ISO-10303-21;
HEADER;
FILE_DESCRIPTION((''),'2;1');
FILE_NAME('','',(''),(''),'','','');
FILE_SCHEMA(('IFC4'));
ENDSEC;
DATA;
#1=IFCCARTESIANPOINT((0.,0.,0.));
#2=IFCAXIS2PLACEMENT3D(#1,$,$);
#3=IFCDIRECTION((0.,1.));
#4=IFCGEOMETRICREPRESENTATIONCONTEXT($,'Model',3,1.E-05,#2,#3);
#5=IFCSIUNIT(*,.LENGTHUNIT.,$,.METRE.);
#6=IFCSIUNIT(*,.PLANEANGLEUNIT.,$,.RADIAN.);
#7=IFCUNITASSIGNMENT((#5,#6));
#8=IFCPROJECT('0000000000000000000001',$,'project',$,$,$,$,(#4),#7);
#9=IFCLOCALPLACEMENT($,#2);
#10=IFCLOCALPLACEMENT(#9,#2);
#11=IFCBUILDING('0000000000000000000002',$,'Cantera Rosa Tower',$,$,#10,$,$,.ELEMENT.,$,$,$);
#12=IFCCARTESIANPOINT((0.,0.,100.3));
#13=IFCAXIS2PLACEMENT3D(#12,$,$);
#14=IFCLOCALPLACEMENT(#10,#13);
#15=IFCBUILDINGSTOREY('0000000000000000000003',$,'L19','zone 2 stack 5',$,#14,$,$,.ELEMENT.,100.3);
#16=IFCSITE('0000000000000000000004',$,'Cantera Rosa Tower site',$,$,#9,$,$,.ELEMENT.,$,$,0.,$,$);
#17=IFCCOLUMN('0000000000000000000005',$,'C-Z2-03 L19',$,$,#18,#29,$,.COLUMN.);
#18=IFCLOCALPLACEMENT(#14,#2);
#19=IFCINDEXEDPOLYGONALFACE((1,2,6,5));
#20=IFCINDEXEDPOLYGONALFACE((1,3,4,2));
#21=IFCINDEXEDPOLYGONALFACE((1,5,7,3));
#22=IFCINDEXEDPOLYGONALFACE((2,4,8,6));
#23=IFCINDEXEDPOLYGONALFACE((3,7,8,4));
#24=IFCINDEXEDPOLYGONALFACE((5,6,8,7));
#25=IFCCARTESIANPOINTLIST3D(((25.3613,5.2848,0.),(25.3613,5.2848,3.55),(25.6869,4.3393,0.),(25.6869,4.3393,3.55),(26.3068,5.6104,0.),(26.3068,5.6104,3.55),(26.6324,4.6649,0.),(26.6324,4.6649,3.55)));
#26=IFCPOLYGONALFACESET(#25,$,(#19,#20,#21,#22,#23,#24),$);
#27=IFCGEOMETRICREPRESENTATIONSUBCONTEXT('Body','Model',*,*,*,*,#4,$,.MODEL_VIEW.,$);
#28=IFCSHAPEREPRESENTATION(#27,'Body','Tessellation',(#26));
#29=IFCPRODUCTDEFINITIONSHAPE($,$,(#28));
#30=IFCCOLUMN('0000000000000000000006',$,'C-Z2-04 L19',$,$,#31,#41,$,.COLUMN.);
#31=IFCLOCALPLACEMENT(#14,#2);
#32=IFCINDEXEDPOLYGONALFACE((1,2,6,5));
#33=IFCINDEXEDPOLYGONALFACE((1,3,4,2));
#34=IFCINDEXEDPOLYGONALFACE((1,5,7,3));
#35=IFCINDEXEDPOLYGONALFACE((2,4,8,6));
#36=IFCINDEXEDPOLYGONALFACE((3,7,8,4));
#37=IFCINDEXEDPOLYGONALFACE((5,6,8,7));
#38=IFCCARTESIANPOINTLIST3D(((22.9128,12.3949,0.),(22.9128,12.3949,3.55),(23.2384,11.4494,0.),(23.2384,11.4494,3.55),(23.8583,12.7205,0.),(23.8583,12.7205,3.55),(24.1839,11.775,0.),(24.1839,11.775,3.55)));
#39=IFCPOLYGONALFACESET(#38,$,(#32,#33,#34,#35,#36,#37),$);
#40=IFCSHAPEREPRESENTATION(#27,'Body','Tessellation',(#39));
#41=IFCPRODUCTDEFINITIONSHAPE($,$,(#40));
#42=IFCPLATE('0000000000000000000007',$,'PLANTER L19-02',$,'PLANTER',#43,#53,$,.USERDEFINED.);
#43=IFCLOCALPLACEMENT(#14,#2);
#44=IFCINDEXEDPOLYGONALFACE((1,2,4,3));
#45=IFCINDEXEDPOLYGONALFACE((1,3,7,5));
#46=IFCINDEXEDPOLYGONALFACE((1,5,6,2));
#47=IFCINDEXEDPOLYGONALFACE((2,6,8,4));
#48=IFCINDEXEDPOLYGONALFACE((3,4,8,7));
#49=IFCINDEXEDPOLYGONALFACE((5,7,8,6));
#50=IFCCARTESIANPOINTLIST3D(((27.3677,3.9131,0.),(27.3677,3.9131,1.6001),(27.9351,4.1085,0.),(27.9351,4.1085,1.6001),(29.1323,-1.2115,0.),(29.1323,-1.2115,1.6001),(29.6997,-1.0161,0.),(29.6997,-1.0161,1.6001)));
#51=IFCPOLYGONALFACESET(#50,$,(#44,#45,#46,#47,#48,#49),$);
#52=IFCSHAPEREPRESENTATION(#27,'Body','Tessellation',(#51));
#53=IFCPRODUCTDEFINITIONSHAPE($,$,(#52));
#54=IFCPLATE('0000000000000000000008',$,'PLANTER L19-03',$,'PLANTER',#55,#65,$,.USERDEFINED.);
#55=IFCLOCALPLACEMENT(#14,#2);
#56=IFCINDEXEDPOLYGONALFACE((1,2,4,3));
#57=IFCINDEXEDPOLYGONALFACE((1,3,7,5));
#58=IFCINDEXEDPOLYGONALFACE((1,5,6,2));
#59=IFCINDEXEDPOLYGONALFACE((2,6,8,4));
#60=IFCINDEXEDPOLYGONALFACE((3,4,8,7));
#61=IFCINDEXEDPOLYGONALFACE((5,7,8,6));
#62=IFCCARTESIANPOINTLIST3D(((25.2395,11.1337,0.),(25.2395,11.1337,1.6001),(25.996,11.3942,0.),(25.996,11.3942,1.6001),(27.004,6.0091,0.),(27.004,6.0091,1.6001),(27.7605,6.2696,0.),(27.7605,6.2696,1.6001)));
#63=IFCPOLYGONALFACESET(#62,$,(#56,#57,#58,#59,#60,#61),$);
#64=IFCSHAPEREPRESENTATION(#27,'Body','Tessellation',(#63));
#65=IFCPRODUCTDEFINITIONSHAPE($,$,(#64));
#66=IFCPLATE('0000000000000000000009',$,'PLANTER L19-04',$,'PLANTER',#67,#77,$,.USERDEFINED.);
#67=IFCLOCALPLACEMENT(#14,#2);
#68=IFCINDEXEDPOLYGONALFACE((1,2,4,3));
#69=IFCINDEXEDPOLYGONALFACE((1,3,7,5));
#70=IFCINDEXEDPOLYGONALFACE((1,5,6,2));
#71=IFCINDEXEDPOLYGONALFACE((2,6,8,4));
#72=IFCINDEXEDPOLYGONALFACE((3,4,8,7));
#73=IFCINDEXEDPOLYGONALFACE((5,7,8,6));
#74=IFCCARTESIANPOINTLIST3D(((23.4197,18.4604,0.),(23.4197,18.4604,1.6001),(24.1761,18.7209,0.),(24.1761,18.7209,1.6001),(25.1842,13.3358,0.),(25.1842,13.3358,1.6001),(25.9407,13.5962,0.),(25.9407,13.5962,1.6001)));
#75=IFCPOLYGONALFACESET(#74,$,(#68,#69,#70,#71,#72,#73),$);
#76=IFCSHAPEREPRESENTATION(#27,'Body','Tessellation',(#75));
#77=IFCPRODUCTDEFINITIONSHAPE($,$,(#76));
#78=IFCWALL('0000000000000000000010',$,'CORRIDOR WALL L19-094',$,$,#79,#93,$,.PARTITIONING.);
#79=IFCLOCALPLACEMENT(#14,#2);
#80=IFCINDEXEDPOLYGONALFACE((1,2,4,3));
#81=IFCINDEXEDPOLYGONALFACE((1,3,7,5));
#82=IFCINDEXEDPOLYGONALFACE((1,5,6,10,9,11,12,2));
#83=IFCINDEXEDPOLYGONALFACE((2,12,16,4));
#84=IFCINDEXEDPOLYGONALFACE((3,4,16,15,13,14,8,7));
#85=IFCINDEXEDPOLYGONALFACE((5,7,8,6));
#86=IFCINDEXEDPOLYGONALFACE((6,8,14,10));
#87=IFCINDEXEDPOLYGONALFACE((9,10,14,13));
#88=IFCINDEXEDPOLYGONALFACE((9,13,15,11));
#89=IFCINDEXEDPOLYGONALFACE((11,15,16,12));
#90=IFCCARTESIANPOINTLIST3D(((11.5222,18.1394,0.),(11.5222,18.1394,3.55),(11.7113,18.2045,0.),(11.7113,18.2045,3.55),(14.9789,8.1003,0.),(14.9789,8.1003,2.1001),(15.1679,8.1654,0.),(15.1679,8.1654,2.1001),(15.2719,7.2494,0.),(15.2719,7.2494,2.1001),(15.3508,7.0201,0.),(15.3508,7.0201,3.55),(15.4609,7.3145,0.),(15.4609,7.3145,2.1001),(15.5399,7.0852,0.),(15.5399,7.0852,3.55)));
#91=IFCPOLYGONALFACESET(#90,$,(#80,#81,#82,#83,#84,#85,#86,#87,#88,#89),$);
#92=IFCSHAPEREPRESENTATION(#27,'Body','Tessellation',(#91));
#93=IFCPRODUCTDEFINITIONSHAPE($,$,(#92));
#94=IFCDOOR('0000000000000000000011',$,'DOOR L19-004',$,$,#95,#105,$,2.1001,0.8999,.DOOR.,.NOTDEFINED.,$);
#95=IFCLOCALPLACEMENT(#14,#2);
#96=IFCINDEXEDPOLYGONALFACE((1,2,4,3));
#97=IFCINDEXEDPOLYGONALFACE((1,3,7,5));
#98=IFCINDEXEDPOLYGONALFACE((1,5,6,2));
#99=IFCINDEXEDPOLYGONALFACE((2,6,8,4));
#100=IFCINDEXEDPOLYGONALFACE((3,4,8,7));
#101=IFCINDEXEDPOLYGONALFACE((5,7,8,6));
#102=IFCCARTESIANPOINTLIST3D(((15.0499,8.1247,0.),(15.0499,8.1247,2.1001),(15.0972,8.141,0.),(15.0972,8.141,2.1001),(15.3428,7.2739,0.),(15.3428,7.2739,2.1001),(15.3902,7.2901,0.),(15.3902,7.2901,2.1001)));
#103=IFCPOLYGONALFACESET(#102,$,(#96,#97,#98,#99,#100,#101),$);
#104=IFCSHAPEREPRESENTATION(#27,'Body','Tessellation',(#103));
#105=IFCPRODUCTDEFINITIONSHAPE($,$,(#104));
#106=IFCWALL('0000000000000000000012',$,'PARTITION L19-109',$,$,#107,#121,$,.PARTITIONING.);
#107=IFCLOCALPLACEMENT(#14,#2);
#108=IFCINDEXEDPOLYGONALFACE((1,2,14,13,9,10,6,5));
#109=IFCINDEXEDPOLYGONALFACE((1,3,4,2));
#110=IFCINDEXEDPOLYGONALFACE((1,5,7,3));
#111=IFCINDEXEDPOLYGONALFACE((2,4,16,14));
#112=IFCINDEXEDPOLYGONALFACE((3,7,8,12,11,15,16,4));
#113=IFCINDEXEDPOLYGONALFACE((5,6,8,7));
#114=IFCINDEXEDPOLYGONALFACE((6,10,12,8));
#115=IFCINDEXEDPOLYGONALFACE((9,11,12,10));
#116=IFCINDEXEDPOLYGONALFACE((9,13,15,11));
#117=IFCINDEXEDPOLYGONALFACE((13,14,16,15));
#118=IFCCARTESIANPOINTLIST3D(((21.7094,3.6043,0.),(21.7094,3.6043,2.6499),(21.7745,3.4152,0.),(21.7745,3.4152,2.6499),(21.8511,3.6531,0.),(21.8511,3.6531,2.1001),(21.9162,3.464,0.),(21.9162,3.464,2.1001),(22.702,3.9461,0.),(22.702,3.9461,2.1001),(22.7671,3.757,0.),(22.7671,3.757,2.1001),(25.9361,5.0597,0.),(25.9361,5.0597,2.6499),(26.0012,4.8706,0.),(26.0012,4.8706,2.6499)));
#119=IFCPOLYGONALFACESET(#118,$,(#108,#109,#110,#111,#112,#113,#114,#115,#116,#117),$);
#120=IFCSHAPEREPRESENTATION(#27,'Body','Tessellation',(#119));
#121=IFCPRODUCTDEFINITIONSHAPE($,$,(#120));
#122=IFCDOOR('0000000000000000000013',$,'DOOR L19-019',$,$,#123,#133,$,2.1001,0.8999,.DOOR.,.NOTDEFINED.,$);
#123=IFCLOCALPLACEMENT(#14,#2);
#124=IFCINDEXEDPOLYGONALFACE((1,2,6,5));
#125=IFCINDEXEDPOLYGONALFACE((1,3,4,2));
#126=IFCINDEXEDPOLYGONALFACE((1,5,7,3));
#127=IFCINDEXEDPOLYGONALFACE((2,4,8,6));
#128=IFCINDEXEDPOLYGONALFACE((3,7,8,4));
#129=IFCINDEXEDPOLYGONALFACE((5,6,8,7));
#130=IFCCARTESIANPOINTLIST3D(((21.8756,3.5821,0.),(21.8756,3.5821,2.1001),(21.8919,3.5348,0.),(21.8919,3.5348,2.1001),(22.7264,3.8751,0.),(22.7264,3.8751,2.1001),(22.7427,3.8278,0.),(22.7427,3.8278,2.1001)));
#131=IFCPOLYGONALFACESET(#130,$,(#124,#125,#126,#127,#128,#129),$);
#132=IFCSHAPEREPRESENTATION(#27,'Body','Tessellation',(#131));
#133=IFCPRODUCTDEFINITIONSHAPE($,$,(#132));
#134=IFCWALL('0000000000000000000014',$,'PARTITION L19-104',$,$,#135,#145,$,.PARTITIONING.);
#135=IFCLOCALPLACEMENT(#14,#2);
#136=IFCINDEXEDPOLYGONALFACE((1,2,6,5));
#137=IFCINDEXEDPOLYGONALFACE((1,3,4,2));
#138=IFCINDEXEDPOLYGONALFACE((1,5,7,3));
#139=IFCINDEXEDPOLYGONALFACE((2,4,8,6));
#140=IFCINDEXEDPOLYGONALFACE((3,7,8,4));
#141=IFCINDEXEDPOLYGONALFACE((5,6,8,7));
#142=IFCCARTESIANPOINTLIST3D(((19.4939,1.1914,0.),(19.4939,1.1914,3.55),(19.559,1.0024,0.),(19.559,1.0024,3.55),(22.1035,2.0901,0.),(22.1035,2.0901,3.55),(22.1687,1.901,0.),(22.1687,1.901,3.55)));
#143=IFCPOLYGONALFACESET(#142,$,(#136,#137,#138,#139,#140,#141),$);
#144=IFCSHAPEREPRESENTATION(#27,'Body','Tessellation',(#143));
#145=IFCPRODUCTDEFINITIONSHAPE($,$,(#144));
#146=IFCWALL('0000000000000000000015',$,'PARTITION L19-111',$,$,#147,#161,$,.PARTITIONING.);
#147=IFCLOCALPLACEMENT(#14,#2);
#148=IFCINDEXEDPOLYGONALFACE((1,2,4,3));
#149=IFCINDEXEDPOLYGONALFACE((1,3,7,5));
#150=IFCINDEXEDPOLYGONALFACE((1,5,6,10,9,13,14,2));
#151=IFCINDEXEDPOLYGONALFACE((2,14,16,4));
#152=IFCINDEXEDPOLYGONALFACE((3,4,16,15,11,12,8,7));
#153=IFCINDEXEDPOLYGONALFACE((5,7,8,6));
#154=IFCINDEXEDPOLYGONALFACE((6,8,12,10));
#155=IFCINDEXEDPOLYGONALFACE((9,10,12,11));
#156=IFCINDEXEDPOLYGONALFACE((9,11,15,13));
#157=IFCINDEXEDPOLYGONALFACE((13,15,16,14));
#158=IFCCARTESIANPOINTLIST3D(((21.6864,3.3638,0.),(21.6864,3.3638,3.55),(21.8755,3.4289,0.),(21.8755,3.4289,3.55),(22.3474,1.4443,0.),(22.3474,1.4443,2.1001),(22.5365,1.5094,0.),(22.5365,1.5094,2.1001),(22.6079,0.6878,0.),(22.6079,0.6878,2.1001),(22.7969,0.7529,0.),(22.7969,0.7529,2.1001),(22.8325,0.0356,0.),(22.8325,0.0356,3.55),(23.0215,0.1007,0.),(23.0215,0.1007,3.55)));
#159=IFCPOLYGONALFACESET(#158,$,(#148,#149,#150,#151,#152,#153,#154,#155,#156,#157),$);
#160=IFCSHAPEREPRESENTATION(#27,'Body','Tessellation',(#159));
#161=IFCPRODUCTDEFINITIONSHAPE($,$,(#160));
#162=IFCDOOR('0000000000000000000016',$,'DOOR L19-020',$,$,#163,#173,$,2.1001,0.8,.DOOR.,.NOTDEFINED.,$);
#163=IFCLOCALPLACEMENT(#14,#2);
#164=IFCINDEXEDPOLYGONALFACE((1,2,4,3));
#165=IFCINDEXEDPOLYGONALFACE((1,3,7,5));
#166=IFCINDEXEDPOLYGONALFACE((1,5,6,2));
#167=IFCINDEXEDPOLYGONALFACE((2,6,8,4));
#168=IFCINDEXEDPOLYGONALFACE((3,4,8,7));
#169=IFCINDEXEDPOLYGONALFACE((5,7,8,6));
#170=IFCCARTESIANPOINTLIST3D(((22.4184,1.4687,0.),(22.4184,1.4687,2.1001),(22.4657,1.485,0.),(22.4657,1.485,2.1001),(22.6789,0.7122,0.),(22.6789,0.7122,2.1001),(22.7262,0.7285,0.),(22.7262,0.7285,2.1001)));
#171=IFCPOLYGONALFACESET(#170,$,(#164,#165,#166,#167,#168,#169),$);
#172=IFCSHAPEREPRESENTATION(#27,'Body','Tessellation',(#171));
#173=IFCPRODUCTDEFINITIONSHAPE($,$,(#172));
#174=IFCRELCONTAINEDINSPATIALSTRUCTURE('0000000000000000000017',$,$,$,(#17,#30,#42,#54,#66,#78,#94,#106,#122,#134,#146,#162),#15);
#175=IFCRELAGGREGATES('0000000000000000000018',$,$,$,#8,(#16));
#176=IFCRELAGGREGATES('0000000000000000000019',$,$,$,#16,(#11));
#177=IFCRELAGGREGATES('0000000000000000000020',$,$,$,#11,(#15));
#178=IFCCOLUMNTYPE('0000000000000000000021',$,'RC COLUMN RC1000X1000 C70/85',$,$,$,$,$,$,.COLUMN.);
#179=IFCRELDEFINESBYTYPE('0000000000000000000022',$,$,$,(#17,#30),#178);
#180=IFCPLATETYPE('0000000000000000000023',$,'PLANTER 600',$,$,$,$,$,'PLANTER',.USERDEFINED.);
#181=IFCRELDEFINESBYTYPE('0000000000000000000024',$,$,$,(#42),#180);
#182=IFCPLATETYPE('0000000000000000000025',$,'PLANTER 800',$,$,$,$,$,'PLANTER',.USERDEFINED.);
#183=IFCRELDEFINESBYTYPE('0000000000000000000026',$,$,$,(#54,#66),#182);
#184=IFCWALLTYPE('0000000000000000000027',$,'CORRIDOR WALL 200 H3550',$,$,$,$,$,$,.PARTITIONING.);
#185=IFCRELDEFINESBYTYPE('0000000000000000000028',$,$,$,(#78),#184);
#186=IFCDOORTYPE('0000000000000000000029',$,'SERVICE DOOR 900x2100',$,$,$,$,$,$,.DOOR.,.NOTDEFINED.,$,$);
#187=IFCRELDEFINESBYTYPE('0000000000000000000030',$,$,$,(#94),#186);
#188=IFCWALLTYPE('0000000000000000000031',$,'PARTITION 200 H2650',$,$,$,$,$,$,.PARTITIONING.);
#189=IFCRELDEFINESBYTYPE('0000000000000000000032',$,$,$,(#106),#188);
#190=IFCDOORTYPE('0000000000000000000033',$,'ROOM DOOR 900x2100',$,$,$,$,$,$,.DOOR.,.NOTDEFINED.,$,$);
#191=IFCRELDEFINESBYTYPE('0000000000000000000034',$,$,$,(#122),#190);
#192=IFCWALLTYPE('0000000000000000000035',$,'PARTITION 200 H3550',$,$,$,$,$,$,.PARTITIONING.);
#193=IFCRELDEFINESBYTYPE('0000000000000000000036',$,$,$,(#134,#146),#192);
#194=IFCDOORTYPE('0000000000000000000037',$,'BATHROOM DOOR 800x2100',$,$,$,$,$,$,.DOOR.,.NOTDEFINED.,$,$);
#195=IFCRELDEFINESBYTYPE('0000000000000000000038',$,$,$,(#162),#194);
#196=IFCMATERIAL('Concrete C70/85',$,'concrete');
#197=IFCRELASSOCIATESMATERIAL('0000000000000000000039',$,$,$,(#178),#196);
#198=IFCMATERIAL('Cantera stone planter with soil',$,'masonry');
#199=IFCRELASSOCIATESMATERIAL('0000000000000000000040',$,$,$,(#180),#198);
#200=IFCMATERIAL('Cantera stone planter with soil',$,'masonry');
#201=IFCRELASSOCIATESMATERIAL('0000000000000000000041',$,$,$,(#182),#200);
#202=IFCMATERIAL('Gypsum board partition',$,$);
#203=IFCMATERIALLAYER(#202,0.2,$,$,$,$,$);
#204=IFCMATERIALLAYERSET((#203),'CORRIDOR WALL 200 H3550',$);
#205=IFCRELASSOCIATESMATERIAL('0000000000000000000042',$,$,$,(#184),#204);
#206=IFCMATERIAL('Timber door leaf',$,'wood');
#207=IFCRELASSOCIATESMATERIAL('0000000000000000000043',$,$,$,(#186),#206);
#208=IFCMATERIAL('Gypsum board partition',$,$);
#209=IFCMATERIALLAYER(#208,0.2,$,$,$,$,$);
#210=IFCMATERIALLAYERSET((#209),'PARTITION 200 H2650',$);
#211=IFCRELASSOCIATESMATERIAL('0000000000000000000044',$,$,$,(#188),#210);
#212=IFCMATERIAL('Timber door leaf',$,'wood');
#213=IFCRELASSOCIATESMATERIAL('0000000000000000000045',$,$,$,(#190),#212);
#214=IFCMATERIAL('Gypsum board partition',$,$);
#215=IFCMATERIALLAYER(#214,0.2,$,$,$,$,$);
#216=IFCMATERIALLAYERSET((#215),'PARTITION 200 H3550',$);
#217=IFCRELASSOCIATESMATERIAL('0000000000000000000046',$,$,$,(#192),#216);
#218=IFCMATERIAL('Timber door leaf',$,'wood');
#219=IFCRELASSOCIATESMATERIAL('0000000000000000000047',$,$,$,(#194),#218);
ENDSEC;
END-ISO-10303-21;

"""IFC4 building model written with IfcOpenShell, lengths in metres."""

from ifc_helpers import new_model, si_unit, direction, frame, frame_2d, origin, origin_2d, place, context, subcontext, project, spatial, rectangle, extrude, material, layer, layer_set, material_profile, profile_set, type_object, element, fill, save


model = new_model("IFC4")

# Units and contexts
model_context = context("Model", 3, precision=1e-05, world=origin(), true_north=direction((0.0, 1.0)))
body_context = subcontext(model_context, "Body", "Model", "MODEL_VIEW")
ifc_project = project(units=[si_unit("LENGTHUNIT", "METRE"), si_unit("PLANEANGLEUNIT", "RADIAN")], contexts=[model_context])

# Site, building, storey
site_placement = place(None, origin())
site = spatial("IfcSite", under=ifc_project, at=site_placement, Name="Cantera Rosa Tower site", CompositionType="ELEMENT", RefElevation=0.0)
building_placement = place(site_placement, origin())
building = spatial("IfcBuilding", under=site, at=building_placement, Name="Cantera Rosa Tower", CompositionType="ELEMENT")
storey_placement = place(building_placement, frame((0.0, 0.0, 100.3)))
storey = spatial("IfcBuildingStorey", under=building, at=storey_placement, Name="L19", Description="zone 2 stack 5", CompositionType="ELEMENT", Elevation=100.3)

# Columns
ifc_material_1 = material(Name="Concrete C70/85", Category="concrete")
ifc_material_profile = material_profile(ifc_material_1, rectangle(XDim=1.0, YDim=1.0, at=origin_2d()), Name="RC COLUMN RC1000X1000 C70/85")
ifc_profile_set = profile_set([ifc_material_profile], Name="Concrete C70/85")
column_type = type_object("IfcColumnType", Name="RC COLUMN RC1000X1000 C70/85", PredefinedType="COLUMN", material=ifc_profile_set)
for number, where, z_axis, x_axis, name in (
    (1, (25.9968, 4.9749, 0.0), (0.0, 0.0, 1.0), (0.945519, 0.325568, 0.0), "C-Z2-03 L19"),
    (2, (23.5483, 12.085, 0.0), (0.0, 0.0, 1.0), (0.945519, 0.325568, 0.0), "C-Z2-04 L19"),
):
    element("IfcColumn", number, at=place(storey_placement, frame(where, z_axis=z_axis, x_axis=x_axis)), inside=storey, type_object=column_type, Name=name, PredefinedType="COLUMN", context=body_context, shape_type="SweptSolid", body=[
        extrude(rectangle(XDim=1.0, YDim=1.0, at=origin_2d()), origin(), (0.0, 0.0, 1.0), 3.55),
    ])

# Plates
ifc_material_2 = material(Name="Cantera stone planter with soil", Category="masonry")
plate_type_1 = type_object("IfcPlateType", Name="PLANTER 600", ElementType="PLANTER", PredefinedType="USERDEFINED", material=ifc_material_2)
plate_placement = place(storey_placement, frame((28.5337, 1.4485, 0.0), z_axis=(0.0, 0.0, 1.0), x_axis=(-0.325568, 0.945519, 0.0)))
element("IfcPlate", 3, at=plate_placement, inside=storey, type_object=plate_type_1, Name="PLANTER L19-02", ObjectType="PLANTER", PredefinedType="USERDEFINED", context=body_context, shape_type="SweptSolid", body=[
    extrude(rectangle(XDim=5.4199, YDim=0.6001, at=origin_2d()), origin(), (0.0, 0.0, 1.0), 1.6001),
])
ifc_material_3 = material(Name="Cantera stone planter with soil", Category="masonry")
plate_type_2 = type_object("IfcPlateType", Name="PLANTER 800", ElementType="PLANTER", PredefinedType="USERDEFINED", material=ifc_material_3)
for number, where, z_axis, x_axis, name in (
    (4, (26.5, 8.7017, 0.0), (0.0, 0.0, 1.0), (-0.325568, 0.945519, 0.0), "PLANTER L19-03"),
    (5, (24.6802, 16.0283, 0.0), (0.0, 0.0, 1.0), (-0.325568, 0.945519, 0.0), "PLANTER L19-04"),
):
    element("IfcPlate", number, at=place(storey_placement, frame(where, z_axis=z_axis, x_axis=x_axis)), inside=storey, type_object=plate_type_2, Name=name, ObjectType="PLANTER", PredefinedType="USERDEFINED", context=body_context, shape_type="SweptSolid", body=[
        extrude(rectangle(XDim=5.4199, YDim=0.8, at=origin_2d()), origin(), (0.0, 0.0, 1.0), 1.6001),
    ])

# Wall, opening, door
ifc_material_4 = material(Name="Gypsum board partition")
ifc_layer_1 = layer(ifc_material_4, 0.2)
ifc_layer_set_1 = layer_set([ifc_layer_1], Name="CORRIDOR WALL 200 H3550")
wall_type_1 = type_object("IfcWallType", Name="CORRIDOR WALL 200 H3550", PredefinedType="PARTITIONING", material=ifc_layer_set_1)
wall_1_placement = place(storey_placement, frame((15.4453, 7.0527, 0.0), z_axis=(0.0, 0.0, 1.0), x_axis=(-0.325561, 0.945521, 0.0)))
wall_1 = element("IfcWall", 6, at=wall_1_placement, inside=storey, type_object=wall_type_1, Name="CORRIDOR WALL L19-094", PredefinedType="PARTITIONING", context=body_context, shape_type="SweptSolid", body=[
    extrude(rectangle(XDim=11.76, YDim=0.2, at=frame_2d((5.8799, 0.0))), origin(), (0.0, 0.0, 1.0), 3.55),
])
opening_1_placement = place(wall_1_placement, frame((0.2424, 0.0, 0.0)))
opening_1 = element("IfcOpeningElement", 7, at=opening_1_placement, cuts=wall_1, PredefinedType="OPENING", context=body_context, shape_type="SweptSolid", body=[
    extrude(rectangle(XDim=0.8999, YDim=2.1001, at=frame_2d((0.45, 1.05))), frame((0.0, 0.1099, 0.0), z_axis=(0.0, -1.0, 0.0), x_axis=(1.0, 0.0, 0.0)), (0.0, 0.0, 1.0), 0.22),
])
ifc_material_5 = material(Name="Timber door leaf", Category="wood")
door_type_1 = type_object("IfcDoorType", Name="SERVICE DOOR 900x2100", OperationType="NOTDEFINED", PredefinedType="DOOR", material=ifc_material_5)
door_1_placement = place(opening_1_placement, origin())
door_1 = element("IfcDoor", 8, at=door_1_placement, inside=storey, type_object=door_type_1, Name="DOOR L19-004", OperationType="NOTDEFINED", OverallHeight=2.1001, OverallWidth=0.8999, PredefinedType="DOOR", context=body_context, shape_type="SweptSolid", body=[
    extrude(rectangle(XDim=0.8999, YDim=2.1001, at=frame_2d((0.45, 1.05))), frame((0.0, 0.0249, 0.0), z_axis=(0.0, -1.0, 0.0), x_axis=(1.0, 0.0, 0.0)), (0.0, 0.0, 1.0), 0.05),
])
fill(opening_1, door_1)

# Wall, opening, door
ifc_material_6 = material(Name="Gypsum board partition")
ifc_layer_2 = layer(ifc_material_6, 0.2)
ifc_layer_set_2 = layer_set([ifc_layer_2], Name="PARTITION 200 H2650")
wall_type_2 = type_object("IfcWallType", Name="PARTITION 200 H2650", PredefinedType="PARTITIONING", material=ifc_layer_set_2)
wall_2_placement = place(storey_placement, frame((21.7419, 3.5098, 0.0), z_axis=(0.0, 0.0, 1.0), x_axis=(0.945519, 0.325568, 0.0)))
wall_2 = element("IfcWall", 9, at=wall_2_placement, inside=storey, type_object=wall_type_2, Name="PARTITION L19-109", PredefinedType="PARTITIONING", context=body_context, shape_type="SweptSolid", body=[
    extrude(rectangle(XDim=4.4702, YDim=0.2, at=frame_2d((2.2351, 0.0))), origin(), (0.0, 0.0, 1.0), 2.6499),
])
opening_2_placement = place(wall_2_placement, frame((0.1499, 0.0, 0.0)))
opening_2 = element("IfcOpeningElement", 10, at=opening_2_placement, cuts=wall_2, PredefinedType="OPENING", context=body_context, shape_type="SweptSolid", body=[
    extrude(rectangle(XDim=0.8999, YDim=2.1001, at=frame_2d((0.45, 1.05))), frame((0.0, 0.1099, 0.0), z_axis=(0.0, -1.0, 0.0), x_axis=(1.0, 0.0, 0.0)), (0.0, 0.0, 1.0), 0.22),
])
ifc_material_7 = material(Name="Timber door leaf", Category="wood")
door_type_2 = type_object("IfcDoorType", Name="ROOM DOOR 900x2100", OperationType="NOTDEFINED", PredefinedType="DOOR", material=ifc_material_7)
door_2_placement = place(opening_2_placement, origin())
door_2 = element("IfcDoor", 11, at=door_2_placement, inside=storey, type_object=door_type_2, Name="DOOR L19-019", OperationType="NOTDEFINED", OverallHeight=2.1001, OverallWidth=0.8999, PredefinedType="DOOR", context=body_context, shape_type="SweptSolid", body=[
    extrude(rectangle(XDim=0.8999, YDim=2.1001, at=frame_2d((0.45, 1.05))), frame((0.0, 0.0249, 0.0), z_axis=(0.0, -1.0, 0.0), x_axis=(1.0, 0.0, 0.0)), (0.0, 0.0, 1.0), 0.05),
])
fill(opening_2, door_2)

# Wall
ifc_material_8 = material(Name="Gypsum board partition")
ifc_layer_3 = layer(ifc_material_8, 0.2)
ifc_layer_set_3 = layer_set([ifc_layer_3], Name="PARTITION 200 H3550")
wall_type_3 = type_object("IfcWallType", Name="PARTITION 200 H3550", PredefinedType="PARTITIONING", material=ifc_layer_set_3)
wall_3_placement = place(storey_placement, frame((19.5266, 1.0969, 0.0), z_axis=(0.0, 0.0, 1.0), x_axis=(0.945505, 0.325606, 0.0)))
element("IfcWall", 12, at=wall_3_placement, inside=storey, type_object=wall_type_3, Name="PARTITION L19-104", PredefinedType="PARTITIONING", context=body_context, shape_type="SweptSolid", body=[
    extrude(rectangle(XDim=2.76, YDim=0.2, at=frame_2d((1.3799, 0.0))), origin(), (0.0, 0.0, 1.0), 3.55),
])

# Wall, opening, door
wall_4_placement = place(storey_placement, frame((22.927, 0.0681, 0.0), z_axis=(0.0, 0.0, 1.0), x_axis=(-0.325576, 0.945516, 0.0)))
wall_4 = element("IfcWall", 13, at=wall_4_placement, inside=storey, type_object=wall_type_3, Name="PARTITION L19-111", PredefinedType="PARTITIONING", context=body_context, shape_type="SweptSolid", body=[
    extrude(rectangle(XDim=3.52, YDim=0.2, at=frame_2d((1.76, 0.0))), origin(), (0.0, 0.0, 1.0), 3.55),
])
opening_3_placement = place(wall_4_placement, frame((0.6899, 0.0, 0.0)))
opening_3 = element("IfcOpeningElement", 14, at=opening_3_placement, cuts=wall_4, PredefinedType="OPENING", context=body_context, shape_type="SweptSolid", body=[
    extrude(rectangle(XDim=0.8, YDim=2.1001, at=frame_2d((0.3999, 1.05))), frame((0.0, 0.1099, 0.0), z_axis=(0.0, -1.0, 0.0), x_axis=(1.0, 0.0, 0.0)), (0.0, 0.0, 1.0), 0.22),
])
ifc_material_9 = material(Name="Timber door leaf", Category="wood")
door_type_3 = type_object("IfcDoorType", Name="BATHROOM DOOR 800x2100", OperationType="NOTDEFINED", PredefinedType="DOOR", material=ifc_material_9)
door_3_placement = place(opening_3_placement, origin())
door_3 = element("IfcDoor", 15, at=door_3_placement, inside=storey, type_object=door_type_3, Name="DOOR L19-020", OperationType="NOTDEFINED", OverallHeight=2.1001, OverallWidth=0.8, PredefinedType="DOOR", context=body_context, shape_type="SweptSolid", body=[
    extrude(rectangle(XDim=0.8, YDim=2.1001, at=frame_2d((0.3999, 1.05))), frame((0.0, 0.0249, 0.0), z_axis=(0.0, -1.0, 0.0), x_axis=(1.0, 0.0, 0.0)), (0.0, 0.0, 1.0), 0.05),
])
fill(opening_3, door_3)

save(model, "model.ifc")
